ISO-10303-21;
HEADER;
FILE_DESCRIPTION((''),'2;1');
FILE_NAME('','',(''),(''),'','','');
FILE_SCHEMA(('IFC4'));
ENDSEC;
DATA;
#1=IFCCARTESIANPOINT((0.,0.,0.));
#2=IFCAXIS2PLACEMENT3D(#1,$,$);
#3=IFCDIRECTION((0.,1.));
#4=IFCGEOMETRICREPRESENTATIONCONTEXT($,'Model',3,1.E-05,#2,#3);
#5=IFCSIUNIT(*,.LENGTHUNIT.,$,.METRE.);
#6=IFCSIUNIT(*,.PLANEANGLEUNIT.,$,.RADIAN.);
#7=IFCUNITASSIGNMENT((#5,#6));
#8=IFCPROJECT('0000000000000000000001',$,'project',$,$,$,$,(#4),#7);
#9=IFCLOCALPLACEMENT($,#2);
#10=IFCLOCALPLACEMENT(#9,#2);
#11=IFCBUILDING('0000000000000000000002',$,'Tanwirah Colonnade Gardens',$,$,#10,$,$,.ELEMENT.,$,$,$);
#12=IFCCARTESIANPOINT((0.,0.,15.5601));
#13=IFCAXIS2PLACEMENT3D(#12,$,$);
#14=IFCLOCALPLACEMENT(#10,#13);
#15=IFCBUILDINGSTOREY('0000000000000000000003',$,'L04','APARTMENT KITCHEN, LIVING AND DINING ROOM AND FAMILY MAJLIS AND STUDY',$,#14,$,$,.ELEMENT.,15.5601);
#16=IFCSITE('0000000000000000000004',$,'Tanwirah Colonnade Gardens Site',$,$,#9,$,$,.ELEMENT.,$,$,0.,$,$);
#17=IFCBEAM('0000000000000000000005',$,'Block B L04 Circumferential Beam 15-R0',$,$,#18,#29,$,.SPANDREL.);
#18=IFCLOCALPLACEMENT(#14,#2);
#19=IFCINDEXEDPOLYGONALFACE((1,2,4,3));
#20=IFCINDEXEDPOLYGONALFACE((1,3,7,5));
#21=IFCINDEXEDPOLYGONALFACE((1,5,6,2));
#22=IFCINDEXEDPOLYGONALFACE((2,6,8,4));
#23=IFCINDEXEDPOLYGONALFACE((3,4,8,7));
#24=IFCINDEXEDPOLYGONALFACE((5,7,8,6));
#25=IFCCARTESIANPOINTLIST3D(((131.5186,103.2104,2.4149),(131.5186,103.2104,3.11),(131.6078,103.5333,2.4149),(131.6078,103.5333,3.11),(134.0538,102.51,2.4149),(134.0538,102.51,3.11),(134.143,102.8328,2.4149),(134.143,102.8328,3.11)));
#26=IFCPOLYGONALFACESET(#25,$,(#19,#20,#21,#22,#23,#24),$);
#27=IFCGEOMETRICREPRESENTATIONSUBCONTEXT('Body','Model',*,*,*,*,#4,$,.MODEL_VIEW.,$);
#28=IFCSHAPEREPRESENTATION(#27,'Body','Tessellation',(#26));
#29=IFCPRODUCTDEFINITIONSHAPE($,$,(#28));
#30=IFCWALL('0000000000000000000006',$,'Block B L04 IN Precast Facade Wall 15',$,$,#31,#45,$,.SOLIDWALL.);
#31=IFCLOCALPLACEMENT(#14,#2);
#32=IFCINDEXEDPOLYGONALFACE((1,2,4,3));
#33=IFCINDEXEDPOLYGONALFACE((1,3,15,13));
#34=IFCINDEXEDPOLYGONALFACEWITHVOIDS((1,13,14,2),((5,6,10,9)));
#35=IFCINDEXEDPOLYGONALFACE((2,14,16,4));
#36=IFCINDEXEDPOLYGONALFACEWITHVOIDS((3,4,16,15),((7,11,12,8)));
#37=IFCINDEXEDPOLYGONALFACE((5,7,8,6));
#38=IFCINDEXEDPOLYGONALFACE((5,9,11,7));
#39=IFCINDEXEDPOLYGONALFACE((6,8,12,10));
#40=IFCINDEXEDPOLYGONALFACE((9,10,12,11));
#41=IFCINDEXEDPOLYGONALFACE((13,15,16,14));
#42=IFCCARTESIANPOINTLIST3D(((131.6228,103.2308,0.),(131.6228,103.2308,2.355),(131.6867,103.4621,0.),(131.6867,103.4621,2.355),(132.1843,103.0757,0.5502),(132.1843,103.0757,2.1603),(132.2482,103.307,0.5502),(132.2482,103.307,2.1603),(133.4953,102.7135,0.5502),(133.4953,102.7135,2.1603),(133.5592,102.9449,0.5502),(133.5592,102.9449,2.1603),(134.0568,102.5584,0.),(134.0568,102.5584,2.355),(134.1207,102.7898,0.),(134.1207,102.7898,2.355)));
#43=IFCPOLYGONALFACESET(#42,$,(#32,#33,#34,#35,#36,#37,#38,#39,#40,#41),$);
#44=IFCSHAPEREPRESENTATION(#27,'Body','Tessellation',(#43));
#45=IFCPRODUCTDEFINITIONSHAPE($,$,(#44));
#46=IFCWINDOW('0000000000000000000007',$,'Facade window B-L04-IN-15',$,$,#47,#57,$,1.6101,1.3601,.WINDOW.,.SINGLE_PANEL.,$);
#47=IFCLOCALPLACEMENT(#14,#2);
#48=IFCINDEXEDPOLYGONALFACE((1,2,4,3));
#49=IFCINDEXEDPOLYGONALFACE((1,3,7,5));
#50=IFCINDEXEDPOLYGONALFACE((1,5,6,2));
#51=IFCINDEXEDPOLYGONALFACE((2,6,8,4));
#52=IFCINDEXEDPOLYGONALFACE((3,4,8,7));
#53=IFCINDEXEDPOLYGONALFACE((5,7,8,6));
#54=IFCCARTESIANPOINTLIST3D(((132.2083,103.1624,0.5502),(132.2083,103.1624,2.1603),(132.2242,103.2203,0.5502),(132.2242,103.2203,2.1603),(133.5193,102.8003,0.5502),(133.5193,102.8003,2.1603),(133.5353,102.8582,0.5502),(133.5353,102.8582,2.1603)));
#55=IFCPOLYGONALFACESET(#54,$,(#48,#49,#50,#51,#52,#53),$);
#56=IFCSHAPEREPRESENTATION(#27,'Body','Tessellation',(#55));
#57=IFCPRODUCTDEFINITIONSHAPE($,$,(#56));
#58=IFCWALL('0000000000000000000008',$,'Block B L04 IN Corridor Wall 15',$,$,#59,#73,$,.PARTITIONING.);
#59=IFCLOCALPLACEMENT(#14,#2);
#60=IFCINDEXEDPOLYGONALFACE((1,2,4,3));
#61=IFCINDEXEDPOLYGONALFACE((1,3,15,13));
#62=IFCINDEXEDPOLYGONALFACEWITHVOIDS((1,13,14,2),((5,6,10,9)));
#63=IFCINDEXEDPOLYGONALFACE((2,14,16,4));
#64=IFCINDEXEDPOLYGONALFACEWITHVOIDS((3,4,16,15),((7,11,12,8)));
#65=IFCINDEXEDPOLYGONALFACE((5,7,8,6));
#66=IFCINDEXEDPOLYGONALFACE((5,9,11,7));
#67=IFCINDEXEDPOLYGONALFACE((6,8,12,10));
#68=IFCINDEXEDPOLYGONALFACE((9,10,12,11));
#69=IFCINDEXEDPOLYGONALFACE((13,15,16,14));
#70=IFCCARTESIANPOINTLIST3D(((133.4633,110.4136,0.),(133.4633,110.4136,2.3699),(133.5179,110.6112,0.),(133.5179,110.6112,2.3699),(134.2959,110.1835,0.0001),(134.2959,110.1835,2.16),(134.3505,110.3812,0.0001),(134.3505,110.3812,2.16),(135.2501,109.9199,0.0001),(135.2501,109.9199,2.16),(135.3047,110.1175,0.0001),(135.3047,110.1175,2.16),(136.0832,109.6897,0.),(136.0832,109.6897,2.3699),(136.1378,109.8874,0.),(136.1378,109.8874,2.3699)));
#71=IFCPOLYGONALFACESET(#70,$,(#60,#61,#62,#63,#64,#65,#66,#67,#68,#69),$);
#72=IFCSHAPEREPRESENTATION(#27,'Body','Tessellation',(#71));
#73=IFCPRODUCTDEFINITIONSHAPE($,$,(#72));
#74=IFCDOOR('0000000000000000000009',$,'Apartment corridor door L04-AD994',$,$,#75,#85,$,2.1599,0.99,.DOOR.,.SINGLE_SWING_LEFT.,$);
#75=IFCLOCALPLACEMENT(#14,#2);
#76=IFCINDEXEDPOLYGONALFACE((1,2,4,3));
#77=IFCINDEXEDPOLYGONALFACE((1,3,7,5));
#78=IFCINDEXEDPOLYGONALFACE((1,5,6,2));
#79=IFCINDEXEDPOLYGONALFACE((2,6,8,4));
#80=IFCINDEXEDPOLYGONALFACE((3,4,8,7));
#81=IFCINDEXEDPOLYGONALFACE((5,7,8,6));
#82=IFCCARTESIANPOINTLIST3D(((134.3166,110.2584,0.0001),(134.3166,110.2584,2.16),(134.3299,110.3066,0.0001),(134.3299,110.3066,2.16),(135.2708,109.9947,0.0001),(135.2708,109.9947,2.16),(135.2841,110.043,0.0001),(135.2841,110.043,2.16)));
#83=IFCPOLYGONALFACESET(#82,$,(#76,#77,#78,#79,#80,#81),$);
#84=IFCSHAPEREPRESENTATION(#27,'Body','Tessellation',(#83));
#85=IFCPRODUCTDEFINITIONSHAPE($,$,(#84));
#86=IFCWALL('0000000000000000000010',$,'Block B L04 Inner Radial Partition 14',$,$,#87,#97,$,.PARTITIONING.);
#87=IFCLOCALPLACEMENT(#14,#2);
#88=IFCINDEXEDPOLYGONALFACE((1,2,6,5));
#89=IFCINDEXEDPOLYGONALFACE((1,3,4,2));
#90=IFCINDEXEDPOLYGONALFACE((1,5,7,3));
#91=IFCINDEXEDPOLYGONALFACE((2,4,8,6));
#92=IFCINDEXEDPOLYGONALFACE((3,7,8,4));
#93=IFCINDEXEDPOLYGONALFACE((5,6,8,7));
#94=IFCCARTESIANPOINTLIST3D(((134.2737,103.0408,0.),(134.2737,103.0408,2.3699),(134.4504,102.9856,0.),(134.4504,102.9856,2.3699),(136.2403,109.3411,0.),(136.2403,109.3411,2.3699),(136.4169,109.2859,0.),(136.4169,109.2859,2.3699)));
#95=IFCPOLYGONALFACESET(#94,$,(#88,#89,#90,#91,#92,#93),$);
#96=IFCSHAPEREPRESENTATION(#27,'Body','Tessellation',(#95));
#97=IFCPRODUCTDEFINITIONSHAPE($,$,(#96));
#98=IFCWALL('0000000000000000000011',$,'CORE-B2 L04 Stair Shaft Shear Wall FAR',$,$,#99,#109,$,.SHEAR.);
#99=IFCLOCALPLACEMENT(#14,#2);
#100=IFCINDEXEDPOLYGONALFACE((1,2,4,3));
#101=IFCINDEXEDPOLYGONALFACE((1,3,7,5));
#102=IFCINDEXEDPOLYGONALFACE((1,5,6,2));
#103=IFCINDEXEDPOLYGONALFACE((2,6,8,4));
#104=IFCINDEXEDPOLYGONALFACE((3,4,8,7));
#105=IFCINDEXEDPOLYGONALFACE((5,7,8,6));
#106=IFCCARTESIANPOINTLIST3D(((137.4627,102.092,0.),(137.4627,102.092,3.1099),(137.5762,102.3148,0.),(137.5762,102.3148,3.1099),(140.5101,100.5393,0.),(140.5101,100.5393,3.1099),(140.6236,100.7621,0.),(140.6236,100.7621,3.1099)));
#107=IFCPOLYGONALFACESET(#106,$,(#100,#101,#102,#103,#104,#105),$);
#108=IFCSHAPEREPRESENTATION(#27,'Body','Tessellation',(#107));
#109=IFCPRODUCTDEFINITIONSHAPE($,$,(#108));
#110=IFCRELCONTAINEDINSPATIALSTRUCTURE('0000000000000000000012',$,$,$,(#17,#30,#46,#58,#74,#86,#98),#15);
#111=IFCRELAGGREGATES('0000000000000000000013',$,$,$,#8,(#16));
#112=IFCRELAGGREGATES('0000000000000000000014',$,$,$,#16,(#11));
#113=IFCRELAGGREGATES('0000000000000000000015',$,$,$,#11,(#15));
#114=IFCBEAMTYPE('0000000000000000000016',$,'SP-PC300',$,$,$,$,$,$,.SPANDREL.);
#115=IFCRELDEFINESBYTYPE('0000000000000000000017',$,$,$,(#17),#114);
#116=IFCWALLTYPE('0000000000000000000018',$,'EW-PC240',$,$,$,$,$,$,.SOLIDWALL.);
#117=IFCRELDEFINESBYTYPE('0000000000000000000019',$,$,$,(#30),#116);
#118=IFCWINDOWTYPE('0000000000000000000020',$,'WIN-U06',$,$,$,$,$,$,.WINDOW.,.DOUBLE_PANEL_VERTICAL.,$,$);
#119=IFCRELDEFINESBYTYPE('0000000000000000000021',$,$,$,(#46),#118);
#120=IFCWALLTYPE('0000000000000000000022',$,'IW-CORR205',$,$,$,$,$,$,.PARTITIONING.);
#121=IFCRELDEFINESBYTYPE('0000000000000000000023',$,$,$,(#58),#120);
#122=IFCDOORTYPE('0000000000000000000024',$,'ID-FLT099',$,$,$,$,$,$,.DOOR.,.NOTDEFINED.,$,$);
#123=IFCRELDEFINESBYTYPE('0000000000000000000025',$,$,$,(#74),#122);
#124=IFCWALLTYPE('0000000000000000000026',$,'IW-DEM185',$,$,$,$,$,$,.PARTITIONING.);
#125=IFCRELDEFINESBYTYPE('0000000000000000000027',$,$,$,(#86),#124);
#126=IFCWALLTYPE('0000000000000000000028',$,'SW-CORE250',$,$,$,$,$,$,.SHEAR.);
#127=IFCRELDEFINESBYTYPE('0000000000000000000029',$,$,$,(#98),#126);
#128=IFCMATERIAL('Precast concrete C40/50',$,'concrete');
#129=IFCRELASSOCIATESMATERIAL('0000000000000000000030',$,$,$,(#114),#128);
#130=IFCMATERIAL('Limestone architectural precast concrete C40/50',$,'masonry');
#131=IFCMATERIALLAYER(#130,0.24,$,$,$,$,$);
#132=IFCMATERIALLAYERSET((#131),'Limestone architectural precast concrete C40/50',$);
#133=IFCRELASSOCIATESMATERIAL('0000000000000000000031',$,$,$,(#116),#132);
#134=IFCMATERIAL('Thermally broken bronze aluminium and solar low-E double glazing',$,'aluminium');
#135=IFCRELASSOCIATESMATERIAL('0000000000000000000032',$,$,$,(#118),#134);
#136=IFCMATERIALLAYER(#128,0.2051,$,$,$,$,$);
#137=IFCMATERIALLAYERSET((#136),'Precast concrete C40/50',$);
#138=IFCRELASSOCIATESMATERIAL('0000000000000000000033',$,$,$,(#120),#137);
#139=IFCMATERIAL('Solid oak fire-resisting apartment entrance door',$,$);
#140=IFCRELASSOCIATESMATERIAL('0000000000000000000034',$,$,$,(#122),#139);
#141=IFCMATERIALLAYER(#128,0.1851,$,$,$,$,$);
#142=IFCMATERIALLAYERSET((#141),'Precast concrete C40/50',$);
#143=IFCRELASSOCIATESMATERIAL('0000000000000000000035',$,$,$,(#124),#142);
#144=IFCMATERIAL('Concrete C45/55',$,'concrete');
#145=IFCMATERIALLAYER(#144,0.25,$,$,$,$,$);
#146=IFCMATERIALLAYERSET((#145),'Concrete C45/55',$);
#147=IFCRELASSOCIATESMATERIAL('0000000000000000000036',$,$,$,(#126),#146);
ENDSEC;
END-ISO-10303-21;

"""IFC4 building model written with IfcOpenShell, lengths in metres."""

from ifc_helpers import new_model, si_unit, direction, frame, frame_2d, origin, origin_2d, place, context, subcontext, project, spatial, rectangle, extrude, material, layer, layer_set, material_profile, profile_set, type_object, element, fill, save


model = new_model("IFC4")

# Units and contexts
model_context = context("Model", 3, precision=1e-05, world=origin(), true_north=direction((0.0, 1.0)))
body_context = subcontext(model_context, "Body", "Model", "MODEL_VIEW")
ifc_project = project(units=[si_unit("LENGTHUNIT", "METRE"), si_unit("PLANEANGLEUNIT", "RADIAN")], contexts=[model_context])

# Site, building, storey
site_placement = place(None, origin())
site = spatial("IfcSite", under=ifc_project, at=site_placement, Name="Tanwirah Colonnade Gardens Site", CompositionType="ELEMENT", RefElevation=0.0)
building_placement = place(site_placement, origin())
building = spatial("IfcBuilding", under=site, at=building_placement, Name="Tanwirah Colonnade Gardens", CompositionType="ELEMENT")
storey_placement = place(building_placement, frame((0.0, 0.0, 15.5601)))
storey = spatial("IfcBuildingStorey", under=building, at=storey_placement, Name="L04", Description="APARTMENT KITCHEN, LIVING AND DINING ROOM AND FAMILY MAJLIS AND STUDY", CompositionType="ELEMENT", Elevation=15.5601)

# Shared definitions
ifc_material_1 = material(Name="Precast concrete C40/50", Category="concrete")

# Beam
ifc_material_profile_1 = material_profile(ifc_material_1, rectangle(XDim=0.335, YDim=0.6951, at=origin_2d()), Name="PC-SP 335x695")
ifc_profile_set_1 = profile_set([ifc_material_profile_1], Name="Precast concrete C40/50")
beam_type_1 = type_object("IfcBeamType", Name="SP-PC300", PredefinedType="SPANDREL", material=ifc_profile_set_1)
beam_1_placement = place(storey_placement, frame((134.0984, 102.6714, 2.7625), z_axis=(-0.963887, 0.266313, 0.0), x_axis=(-0.266313, -0.963887, 0.0)))
element("IfcBeam", 1, at=beam_1_placement, inside=storey, type_object=beam_type_1, Name="Block B L04 Circumferential Beam 15-R0", PredefinedType="SPANDREL", context=body_context, shape_type="SweptSolid", body=[
    extrude(rectangle(XDim=0.335, YDim=0.6951, at=origin_2d()), origin(), (0.0, 0.0, 1.0), 2.6301),
])

# Wall, opening, window
ifc_material_2 = material(Name="Limestone architectural precast concrete C40/50", Category="masonry")
ifc_layer_1 = layer(ifc_material_2, 0.24)
ifc_layer_set_1 = layer_set([ifc_layer_1], Name="Limestone architectural precast concrete C40/50")
wall_type_1 = type_object("IfcWallType", Name="EW-PC240", PredefinedType="SOLIDWALL", material=ifc_layer_set_1)
wall_1_placement = place(storey_placement, frame((134.0889, 102.6741, 0.0), z_axis=(0.0, 0.0, 1.0), x_axis=(-0.963902, 0.266257, 0.0)))
wall_1 = element("IfcWall", 2, at=wall_1_placement, inside=storey, type_object=wall_type_1, Name="Block B L04 IN Precast Facade Wall 15", PredefinedType="SOLIDWALL", context=body_context, shape_type="SweptSolid", body=[
    extrude(rectangle(XDim=2.5251, YDim=0.24, at=frame_2d((1.2627, 0.0))), origin(), (0.0, 0.0, 1.0), 2.355),
])
opening_1_placement = place(wall_1_placement, frame((0.5825, 0.0, 0.55)))
opening_1 = element("IfcOpeningElement", 3, at=opening_1_placement, cuts=wall_1, PredefinedType="OPENING", context=body_context, shape_type="SweptSolid", body=[
    extrude(rectangle(XDim=1.3601, YDim=1.6101, at=frame_2d((0.6802, 0.8052))), frame((0.0, 0.1299, 0.0), z_axis=(0.0, -1.0, 0.0), x_axis=(1.0, 0.0, 0.0)), (0.0, 0.0, 1.0), 0.26),
])
ifc_material_3 = material(Name="Thermally broken bronze aluminium and solar low-E double glazing", Category="aluminium")
window_type = type_object("IfcWindowType", Name="WIN-U06", PartitioningType="DOUBLE_PANEL_VERTICAL", PredefinedType="WINDOW", material=ifc_material_3)
window_placement = place(opening_1_placement, origin())
window = element("IfcWindow", 4, at=window_placement, inside=storey, type_object=window_type, Name="Facade window B-L04-IN-15", OverallHeight=1.6101, OverallWidth=1.3601, PartitioningType="SINGLE_PANEL", PredefinedType="WINDOW", context=body_context, shape_type="SweptSolid", body=[
    extrude(rectangle(XDim=1.3601, YDim=1.6101, at=frame_2d((0.6802, 0.8052))), frame((0.0, 0.03, 0.0), z_axis=(0.0, -1.0, 0.0), x_axis=(1.0, 0.0, 0.0)), (0.0, 0.0, 1.0), 0.0601),
])
fill(opening_1, window)

# Wall, opening, door
ifc_layer_2 = layer(ifc_material_1, 0.2051)
ifc_layer_set_2 = layer_set([ifc_layer_2], Name="Precast concrete C40/50")
wall_type_2 = type_object("IfcWallType", Name="IW-CORR205", PredefinedType="PARTITIONING", material=ifc_layer_set_2)
ifc_material_4 = material(Name="Solid oak fire-resisting apartment entrance door")
wall_2_placement = place(storey_placement, frame((136.1104, 109.7886, 0.0), z_axis=(0.0, 0.0, 1.0), x_axis=(-0.963884, 0.266323, 0.0)))
wall_2 = element("IfcWall", 5, at=wall_2_placement, inside=storey, type_object=wall_type_2, Name="Block B L04 IN Corridor Wall 15", PredefinedType="PARTITIONING", context=body_context, shape_type="SweptSolid", body=[
    extrude(rectangle(XDim=2.718, YDim=0.2051, at=frame_2d((1.3589, 0.0))), origin(), (0.0, 0.0, 1.0), 2.3699),
])
opening_2_placement = place(wall_2_placement, frame((0.864, 0.0, 0.0)))
opening_2 = element("IfcOpeningElement", 6, at=opening_2_placement, cuts=wall_2, PredefinedType="OPENING", context=body_context, shape_type="SweptSolid", body=[
    extrude(rectangle(XDim=0.99, YDim=2.1599, at=frame_2d((0.4951, 1.0801))), frame((0.0, 0.1125, 0.0), z_axis=(0.0, -1.0, 0.0), x_axis=(1.0, 0.0, 0.0)), (0.0, 0.0, 1.0), 0.2251),
])
door_type_1 = type_object("IfcDoorType", Name="ID-FLT099", OperationType="NOTDEFINED", PredefinedType="DOOR", material=ifc_material_4)
door_1_placement = place(opening_2_placement, origin())
door_1 = element("IfcDoor", 7, at=door_1_placement, inside=storey, type_object=door_type_1, Name="Apartment corridor door L04-AD994", OperationType="SINGLE_SWING_LEFT", OverallHeight=2.1599, OverallWidth=0.99, PredefinedType="DOOR", context=body_context, shape_type="SweptSolid", body=[
    extrude(rectangle(XDim=0.99, YDim=2.1599, at=frame_2d((0.4951, 1.0801))), frame((0.0, 0.0249, 0.0), z_axis=(0.0, -1.0, 0.0), x_axis=(1.0, 0.0, 0.0)), (0.0, 0.0, 1.0), 0.05),
])
fill(opening_2, door_1)

# Walls
ifc_layer_3 = layer(ifc_material_1, 0.1851)
ifc_layer_set_3 = layer_set([ifc_layer_3], Name="Precast concrete C40/50")
wall_type_3 = type_object("IfcWallType", Name="IW-DEM185", PredefinedType="PARTITIONING", material=ifc_layer_set_3)
wall_3_placement = place(storey_placement, frame((134.3621, 103.0132, 0.0), z_axis=(0.0, 0.0, 1.0), x_axis=(0.297959, 0.954579, 0.0)))
element("IfcWall", 8, at=wall_3_placement, inside=storey, type_object=wall_type_3, Name="Block B L04 Inner Radial Partition 14", PredefinedType="PARTITIONING", context=body_context, shape_type="SweptSolid", body=[
    extrude(rectangle(XDim=6.6001, YDim=0.1851, at=frame_2d((3.3, 0.0))), origin(), (0.0, 0.0, 1.0), 2.3699),
])
ifc_material_5 = material(Name="Concrete C45/55", Category="concrete")
ifc_layer_4 = layer(ifc_material_5, 0.25)
ifc_layer_set_4 = layer_set([ifc_layer_4], Name="Concrete C45/55")
wall_type_4 = type_object("IfcWallType", Name="SW-CORE250", PredefinedType="SHEAR", material=ifc_layer_set_4)
wall_4_placement = place(storey_placement, frame((137.5195, 102.2034, 0.0), z_axis=(0.0, 0.0, 1.0), x_axis=(0.891004, -0.453996, 0.0)))
element("IfcWall", 9, at=wall_4_placement, inside=storey, type_object=wall_type_4, Name="CORE-B2 L04 Stair Shaft Shear Wall FAR", PredefinedType="SHEAR", context=body_context, shape_type="SweptSolid", body=[
    extrude(rectangle(XDim=3.4202, YDim=0.25, at=frame_2d((1.71, 0.0))), origin(), (0.0, 0.0, 1.0), 3.1099),
])

save(model, "model.ifc")
